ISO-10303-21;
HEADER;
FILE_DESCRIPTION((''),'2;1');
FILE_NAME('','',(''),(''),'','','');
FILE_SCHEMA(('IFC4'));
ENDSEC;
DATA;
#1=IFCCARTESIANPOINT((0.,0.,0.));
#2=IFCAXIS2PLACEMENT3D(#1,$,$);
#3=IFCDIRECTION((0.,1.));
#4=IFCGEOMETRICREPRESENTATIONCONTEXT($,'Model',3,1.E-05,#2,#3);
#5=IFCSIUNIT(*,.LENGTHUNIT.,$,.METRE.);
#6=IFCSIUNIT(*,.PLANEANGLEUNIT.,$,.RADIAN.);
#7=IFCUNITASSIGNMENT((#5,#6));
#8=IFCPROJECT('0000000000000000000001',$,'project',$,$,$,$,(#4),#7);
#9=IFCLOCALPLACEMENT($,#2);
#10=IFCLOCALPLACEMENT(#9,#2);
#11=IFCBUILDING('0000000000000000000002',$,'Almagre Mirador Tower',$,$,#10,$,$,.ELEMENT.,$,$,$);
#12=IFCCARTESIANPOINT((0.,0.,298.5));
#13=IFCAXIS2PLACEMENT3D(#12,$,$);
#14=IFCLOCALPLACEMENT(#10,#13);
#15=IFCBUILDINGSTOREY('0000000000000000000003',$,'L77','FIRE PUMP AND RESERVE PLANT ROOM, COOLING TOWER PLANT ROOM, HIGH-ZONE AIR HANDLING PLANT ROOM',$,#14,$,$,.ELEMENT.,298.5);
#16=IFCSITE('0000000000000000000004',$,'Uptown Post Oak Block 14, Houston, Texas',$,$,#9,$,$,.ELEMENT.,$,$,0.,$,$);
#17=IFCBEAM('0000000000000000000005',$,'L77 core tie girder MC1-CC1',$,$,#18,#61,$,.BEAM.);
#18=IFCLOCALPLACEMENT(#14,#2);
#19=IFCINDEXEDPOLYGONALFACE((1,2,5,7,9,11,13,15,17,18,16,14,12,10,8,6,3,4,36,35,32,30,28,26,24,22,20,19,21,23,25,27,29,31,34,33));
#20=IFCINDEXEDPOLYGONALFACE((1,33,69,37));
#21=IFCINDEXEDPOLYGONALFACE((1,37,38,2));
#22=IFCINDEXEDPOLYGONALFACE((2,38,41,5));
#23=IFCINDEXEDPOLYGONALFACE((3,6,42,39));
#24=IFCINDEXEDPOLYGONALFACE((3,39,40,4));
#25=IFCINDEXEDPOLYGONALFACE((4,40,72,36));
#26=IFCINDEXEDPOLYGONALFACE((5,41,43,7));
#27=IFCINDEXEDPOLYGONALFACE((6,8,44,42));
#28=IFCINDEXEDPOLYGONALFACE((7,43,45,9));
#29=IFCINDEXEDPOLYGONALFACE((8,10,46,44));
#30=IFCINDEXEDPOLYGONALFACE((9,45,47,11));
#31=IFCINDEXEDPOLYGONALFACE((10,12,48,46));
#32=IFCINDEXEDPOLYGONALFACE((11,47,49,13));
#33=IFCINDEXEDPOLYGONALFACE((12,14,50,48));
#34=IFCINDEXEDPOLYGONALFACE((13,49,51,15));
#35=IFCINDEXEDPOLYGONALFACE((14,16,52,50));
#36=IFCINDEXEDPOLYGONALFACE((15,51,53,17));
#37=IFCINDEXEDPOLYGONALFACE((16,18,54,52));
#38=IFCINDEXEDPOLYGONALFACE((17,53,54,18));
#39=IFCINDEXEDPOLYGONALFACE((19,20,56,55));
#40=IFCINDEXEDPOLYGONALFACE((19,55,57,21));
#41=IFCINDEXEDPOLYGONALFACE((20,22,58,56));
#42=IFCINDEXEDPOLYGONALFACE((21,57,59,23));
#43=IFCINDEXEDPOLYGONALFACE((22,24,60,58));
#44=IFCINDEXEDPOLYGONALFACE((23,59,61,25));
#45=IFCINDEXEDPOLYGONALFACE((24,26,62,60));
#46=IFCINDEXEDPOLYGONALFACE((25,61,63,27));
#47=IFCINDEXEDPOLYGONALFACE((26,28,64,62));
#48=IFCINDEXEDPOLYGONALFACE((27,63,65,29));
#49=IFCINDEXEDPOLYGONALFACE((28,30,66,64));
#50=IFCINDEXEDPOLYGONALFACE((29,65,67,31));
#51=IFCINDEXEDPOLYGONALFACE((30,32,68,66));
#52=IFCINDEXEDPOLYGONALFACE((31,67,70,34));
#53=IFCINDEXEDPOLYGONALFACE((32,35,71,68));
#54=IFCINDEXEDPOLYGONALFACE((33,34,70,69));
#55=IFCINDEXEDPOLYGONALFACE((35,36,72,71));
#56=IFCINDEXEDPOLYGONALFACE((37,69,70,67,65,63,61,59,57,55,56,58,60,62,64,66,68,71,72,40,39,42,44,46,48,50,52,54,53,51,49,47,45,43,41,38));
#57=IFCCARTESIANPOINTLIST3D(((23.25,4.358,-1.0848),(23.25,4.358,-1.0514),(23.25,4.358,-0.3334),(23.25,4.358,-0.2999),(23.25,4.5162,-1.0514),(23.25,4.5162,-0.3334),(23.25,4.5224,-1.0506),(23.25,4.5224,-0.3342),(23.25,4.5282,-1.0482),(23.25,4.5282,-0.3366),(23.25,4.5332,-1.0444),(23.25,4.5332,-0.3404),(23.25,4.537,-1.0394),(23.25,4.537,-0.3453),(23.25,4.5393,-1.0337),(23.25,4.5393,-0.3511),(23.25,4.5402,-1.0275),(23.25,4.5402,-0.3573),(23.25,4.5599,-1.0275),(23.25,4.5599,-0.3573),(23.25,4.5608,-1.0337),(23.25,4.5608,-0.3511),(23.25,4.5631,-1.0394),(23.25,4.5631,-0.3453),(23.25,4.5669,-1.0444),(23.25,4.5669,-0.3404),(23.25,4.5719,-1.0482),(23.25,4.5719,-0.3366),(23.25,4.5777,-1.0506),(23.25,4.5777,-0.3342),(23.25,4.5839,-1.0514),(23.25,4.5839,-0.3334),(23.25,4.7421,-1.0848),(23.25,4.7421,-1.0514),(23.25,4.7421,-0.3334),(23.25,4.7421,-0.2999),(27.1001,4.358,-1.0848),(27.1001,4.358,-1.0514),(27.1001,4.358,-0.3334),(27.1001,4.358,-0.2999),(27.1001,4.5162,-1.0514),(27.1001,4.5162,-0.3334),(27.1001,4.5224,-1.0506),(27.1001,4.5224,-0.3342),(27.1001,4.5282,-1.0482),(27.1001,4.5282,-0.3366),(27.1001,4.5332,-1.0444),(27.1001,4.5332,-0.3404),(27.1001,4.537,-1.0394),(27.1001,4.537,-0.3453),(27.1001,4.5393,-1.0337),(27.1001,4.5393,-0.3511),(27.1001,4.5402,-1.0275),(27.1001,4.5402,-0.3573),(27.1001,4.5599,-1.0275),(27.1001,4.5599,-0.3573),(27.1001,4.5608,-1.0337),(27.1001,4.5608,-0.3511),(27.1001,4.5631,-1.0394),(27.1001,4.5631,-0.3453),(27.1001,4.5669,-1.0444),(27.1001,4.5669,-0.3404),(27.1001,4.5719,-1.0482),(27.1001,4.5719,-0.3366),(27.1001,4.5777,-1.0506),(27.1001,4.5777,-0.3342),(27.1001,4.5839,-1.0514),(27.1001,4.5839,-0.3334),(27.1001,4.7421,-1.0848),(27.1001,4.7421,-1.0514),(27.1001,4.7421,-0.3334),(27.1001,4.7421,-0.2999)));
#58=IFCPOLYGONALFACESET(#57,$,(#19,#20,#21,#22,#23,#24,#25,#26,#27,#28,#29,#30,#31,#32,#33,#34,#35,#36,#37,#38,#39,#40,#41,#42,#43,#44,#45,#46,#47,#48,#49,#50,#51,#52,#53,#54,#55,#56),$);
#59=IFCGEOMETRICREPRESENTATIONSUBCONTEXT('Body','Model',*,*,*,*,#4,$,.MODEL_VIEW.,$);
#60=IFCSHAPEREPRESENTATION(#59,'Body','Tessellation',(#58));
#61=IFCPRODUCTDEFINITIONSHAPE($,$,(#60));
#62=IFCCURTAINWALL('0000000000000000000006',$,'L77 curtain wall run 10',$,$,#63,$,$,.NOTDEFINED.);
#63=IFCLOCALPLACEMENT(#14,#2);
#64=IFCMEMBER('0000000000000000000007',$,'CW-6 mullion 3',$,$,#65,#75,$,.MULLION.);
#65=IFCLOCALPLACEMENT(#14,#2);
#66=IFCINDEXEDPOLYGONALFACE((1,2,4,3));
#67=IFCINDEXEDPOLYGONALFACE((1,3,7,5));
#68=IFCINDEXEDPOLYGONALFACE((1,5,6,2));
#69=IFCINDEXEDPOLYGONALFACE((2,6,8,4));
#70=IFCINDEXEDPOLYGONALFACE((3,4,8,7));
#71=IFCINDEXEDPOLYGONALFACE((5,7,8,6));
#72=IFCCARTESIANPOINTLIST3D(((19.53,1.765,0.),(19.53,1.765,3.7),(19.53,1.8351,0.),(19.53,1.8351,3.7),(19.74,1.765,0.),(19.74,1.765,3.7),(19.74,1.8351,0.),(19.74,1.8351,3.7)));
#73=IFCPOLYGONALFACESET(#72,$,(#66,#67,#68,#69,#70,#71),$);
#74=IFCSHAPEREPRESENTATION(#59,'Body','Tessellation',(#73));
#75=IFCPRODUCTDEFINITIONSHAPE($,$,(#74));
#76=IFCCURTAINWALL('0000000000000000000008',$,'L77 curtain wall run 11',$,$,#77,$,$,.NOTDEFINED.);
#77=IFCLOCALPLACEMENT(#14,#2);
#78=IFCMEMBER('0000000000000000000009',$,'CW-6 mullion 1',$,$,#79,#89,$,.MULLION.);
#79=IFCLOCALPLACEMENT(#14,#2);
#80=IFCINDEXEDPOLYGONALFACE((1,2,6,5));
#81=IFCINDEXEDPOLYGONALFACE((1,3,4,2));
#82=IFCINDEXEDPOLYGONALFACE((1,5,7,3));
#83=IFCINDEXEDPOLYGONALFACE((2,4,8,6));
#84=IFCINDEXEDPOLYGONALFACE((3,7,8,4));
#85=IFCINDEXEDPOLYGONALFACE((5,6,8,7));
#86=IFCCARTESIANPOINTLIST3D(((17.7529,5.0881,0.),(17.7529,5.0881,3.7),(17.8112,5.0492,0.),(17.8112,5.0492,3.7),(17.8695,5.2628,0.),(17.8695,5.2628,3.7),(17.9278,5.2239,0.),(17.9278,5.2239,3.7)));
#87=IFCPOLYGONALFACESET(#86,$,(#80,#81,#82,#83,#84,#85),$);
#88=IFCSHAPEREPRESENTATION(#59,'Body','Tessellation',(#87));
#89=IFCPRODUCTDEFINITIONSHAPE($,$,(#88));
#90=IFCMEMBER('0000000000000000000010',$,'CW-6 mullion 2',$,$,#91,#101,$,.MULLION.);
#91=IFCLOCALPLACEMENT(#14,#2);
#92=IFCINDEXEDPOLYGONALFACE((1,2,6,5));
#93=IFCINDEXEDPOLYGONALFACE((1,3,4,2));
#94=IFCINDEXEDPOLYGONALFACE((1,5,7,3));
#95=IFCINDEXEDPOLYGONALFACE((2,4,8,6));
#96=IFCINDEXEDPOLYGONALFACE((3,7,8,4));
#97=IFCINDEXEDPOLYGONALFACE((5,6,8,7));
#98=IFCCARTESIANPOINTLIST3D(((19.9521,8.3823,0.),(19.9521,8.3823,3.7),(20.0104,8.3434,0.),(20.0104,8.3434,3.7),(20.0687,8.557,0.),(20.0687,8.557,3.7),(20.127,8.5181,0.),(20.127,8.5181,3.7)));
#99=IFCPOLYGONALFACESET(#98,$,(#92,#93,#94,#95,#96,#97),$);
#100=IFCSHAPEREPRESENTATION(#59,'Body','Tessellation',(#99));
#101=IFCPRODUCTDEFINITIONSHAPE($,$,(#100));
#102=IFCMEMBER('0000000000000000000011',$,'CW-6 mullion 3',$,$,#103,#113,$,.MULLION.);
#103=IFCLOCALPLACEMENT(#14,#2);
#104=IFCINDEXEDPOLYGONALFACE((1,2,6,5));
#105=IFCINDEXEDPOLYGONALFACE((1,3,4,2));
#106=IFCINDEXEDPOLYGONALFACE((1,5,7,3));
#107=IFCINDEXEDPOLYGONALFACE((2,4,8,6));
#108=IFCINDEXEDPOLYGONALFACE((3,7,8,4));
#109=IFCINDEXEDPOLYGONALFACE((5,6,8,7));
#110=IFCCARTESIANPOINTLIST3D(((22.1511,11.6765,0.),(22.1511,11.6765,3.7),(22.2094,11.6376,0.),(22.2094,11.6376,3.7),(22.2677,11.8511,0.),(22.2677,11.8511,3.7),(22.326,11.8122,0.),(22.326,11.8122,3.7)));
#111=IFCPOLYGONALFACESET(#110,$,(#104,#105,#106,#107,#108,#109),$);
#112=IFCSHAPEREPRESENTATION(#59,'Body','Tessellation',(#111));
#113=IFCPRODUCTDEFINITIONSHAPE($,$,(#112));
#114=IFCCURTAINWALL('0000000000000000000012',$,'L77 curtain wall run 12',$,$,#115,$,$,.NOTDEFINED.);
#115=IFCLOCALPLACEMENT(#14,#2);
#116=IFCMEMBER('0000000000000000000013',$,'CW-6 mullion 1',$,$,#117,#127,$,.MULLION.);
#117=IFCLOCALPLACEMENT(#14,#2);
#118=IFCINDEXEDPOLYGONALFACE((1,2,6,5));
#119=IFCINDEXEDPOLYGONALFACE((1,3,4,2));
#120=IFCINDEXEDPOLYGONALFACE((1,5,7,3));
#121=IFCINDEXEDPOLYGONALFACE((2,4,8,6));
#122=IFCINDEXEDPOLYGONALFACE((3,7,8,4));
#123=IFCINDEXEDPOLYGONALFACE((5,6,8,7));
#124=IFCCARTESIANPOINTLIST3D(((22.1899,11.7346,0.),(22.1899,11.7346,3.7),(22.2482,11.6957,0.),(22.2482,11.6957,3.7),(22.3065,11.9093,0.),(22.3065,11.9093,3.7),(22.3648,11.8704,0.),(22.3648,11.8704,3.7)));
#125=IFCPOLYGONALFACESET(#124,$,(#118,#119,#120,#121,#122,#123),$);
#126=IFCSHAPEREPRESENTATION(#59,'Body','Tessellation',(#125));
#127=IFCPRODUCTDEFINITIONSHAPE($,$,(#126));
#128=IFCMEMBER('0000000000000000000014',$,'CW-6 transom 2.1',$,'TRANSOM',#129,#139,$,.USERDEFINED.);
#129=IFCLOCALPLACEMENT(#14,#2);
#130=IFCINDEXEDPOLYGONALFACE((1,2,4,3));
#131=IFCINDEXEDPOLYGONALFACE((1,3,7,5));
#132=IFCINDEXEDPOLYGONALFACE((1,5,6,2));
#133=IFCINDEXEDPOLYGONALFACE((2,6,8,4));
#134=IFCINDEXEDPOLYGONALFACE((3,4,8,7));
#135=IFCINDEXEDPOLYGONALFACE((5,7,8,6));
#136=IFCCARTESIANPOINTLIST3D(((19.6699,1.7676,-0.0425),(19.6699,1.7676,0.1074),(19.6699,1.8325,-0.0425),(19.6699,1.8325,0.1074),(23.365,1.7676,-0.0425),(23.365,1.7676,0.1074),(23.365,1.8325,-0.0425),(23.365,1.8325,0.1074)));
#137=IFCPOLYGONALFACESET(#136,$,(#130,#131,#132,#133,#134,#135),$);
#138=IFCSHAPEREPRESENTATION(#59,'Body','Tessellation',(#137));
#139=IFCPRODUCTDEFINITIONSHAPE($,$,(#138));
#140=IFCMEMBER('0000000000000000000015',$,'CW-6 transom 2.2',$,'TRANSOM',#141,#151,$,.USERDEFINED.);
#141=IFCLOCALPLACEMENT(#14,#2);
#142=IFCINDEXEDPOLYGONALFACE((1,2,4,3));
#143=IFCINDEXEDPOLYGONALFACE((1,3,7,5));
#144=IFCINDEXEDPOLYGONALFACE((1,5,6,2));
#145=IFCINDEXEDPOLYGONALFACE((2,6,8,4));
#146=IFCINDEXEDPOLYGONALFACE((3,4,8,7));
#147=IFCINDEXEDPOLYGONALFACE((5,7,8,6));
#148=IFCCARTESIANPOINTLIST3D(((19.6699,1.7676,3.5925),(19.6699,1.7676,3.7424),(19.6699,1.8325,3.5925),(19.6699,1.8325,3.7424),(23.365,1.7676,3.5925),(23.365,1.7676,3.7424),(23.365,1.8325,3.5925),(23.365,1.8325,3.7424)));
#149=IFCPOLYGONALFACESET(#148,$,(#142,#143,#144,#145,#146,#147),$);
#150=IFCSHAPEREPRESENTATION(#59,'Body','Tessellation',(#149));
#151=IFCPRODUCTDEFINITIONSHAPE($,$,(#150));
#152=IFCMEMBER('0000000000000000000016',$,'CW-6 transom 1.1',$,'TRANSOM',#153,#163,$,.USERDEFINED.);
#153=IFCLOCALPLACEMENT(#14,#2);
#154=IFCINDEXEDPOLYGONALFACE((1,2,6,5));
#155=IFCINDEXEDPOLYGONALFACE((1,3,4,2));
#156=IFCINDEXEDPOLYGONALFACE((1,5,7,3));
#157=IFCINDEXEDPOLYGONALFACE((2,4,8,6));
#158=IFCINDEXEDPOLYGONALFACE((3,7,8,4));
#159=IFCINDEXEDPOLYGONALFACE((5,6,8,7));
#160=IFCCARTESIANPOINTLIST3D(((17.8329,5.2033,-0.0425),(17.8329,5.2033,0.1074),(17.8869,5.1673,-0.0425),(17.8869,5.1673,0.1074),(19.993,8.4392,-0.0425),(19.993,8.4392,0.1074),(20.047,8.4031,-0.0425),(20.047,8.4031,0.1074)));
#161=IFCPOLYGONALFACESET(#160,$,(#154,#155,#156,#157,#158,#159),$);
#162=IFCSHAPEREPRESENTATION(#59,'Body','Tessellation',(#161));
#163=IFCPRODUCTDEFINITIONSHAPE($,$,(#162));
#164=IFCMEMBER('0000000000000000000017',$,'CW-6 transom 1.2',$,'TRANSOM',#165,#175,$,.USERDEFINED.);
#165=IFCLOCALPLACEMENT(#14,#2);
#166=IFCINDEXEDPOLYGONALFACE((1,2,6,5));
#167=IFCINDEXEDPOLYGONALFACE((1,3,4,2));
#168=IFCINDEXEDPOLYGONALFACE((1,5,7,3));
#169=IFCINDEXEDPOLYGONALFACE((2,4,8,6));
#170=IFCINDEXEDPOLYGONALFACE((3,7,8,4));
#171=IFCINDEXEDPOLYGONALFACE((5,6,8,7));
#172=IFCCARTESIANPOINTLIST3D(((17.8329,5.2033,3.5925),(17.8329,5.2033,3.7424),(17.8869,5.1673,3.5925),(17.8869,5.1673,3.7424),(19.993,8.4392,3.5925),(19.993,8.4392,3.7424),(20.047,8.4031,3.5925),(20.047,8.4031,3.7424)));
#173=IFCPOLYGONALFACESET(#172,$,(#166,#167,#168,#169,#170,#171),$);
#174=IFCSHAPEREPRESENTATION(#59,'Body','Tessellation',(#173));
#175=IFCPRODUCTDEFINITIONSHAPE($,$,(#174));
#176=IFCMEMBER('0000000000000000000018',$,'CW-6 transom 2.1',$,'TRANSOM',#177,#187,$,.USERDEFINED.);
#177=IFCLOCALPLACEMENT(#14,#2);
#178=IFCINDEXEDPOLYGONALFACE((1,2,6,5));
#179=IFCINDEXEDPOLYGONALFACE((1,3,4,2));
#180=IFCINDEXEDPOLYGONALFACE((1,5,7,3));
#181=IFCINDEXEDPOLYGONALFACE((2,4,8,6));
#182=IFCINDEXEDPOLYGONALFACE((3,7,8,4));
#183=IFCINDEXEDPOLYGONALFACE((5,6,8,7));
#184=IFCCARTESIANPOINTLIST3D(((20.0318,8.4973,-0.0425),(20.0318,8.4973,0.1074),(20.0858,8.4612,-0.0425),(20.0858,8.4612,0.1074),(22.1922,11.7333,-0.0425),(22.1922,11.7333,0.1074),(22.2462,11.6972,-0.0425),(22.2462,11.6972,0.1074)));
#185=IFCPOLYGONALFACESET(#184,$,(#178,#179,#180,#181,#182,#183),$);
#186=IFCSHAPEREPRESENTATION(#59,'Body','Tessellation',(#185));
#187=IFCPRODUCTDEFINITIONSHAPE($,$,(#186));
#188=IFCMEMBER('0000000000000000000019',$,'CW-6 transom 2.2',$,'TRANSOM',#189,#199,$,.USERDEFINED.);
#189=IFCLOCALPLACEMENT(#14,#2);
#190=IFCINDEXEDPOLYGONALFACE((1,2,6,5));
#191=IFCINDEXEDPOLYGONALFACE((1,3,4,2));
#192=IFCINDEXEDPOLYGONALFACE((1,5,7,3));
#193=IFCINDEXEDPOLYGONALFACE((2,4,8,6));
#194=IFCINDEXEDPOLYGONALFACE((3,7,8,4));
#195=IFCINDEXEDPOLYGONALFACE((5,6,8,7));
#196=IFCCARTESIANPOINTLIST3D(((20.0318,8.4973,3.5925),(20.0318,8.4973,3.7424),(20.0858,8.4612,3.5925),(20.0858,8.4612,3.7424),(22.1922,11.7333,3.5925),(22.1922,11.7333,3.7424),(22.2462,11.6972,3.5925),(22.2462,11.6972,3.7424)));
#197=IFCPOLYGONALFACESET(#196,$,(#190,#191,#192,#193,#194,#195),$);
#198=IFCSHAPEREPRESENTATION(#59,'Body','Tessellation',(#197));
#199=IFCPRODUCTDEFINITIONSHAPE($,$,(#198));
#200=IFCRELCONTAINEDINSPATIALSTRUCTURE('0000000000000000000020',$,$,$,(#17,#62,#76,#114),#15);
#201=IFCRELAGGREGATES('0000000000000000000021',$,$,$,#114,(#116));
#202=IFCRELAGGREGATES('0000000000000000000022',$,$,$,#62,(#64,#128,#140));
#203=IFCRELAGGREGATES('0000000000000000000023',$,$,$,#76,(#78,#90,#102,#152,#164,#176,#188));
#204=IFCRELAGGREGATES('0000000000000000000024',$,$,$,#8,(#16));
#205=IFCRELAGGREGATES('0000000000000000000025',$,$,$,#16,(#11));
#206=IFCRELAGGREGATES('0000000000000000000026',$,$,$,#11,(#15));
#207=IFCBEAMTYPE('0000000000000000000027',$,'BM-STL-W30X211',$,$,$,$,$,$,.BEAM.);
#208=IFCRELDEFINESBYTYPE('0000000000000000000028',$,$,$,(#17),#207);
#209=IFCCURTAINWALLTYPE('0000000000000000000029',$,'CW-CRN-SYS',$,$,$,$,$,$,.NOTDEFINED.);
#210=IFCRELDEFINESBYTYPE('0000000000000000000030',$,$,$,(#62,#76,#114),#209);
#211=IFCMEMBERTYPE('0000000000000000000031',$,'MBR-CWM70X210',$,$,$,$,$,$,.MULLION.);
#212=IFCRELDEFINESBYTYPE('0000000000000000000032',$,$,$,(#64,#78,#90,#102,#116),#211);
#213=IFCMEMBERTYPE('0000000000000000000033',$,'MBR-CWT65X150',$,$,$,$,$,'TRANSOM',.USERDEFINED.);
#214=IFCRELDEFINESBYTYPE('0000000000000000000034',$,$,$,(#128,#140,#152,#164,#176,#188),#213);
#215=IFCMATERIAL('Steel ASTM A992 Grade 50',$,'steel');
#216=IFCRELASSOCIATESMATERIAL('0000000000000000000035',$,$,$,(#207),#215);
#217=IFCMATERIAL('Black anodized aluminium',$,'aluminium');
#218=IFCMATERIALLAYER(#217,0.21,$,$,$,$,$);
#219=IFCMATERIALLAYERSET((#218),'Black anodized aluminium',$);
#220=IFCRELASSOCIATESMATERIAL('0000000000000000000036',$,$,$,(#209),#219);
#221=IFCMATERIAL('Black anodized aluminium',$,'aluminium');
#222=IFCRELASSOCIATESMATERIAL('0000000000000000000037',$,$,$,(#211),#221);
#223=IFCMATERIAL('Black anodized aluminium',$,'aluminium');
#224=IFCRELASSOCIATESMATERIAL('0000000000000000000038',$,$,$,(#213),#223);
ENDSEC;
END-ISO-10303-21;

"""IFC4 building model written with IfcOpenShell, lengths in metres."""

from ifc_helpers import new_model, si_unit, direction, frame, origin, origin_2d, place, context, subcontext, project, spatial, rectangle, i_section, extrude, material, layer, layer_set, material_profile, profile_set, type_object, element, aggregate, save


model = new_model("IFC4")

# Units and contexts
model_context = context("Model", 3, precision=1e-05, world=origin(), true_north=direction((0.0, 1.0)))
body_context = subcontext(model_context, "Body", "Model", "MODEL_VIEW")
ifc_project = project(units=[si_unit("LENGTHUNIT", "METRE"), si_unit("PLANEANGLEUNIT", "RADIAN")], contexts=[model_context])

# Site, building, storey
site_placement = place(None, origin())
site = spatial("IfcSite", under=ifc_project, at=site_placement, Name="Uptown Post Oak Block 14, Houston, Texas", CompositionType="ELEMENT", RefElevation=0.0)
building_placement = place(site_placement, origin())
building = spatial("IfcBuilding", under=site, at=building_placement, Name="Almagre Mirador Tower", CompositionType="ELEMENT")
storey_placement = place(building_placement, frame((0.0, 0.0, 298.5)))
storey = spatial("IfcBuildingStorey", under=building, at=storey_placement, Name="L77", Description="FIRE PUMP AND RESERVE PLANT ROOM, COOLING TOWER PLANT ROOM, HIGH-ZONE AIR HANDLING PLANT ROOM", CompositionType="ELEMENT", Elevation=298.5)

# Beam
ifc_material_1 = material(Name="Steel ASTM A992 Grade 50", Category="steel")
ifc_material_profile_1 = material_profile(ifc_material_1, i_section(OverallWidth=0.384, OverallDepth=0.7849, WebThickness=0.0198, FlangeThickness=0.0334, FilletRadius=0.0239, at=origin_2d()), Name="W30X211")
ifc_profile_set_1 = profile_set([ifc_material_profile_1], Name="Steel ASTM A992 Grade 50")
beam_type_1 = type_object("IfcBeamType", Name="BM-STL-W30X211", PredefinedType="BEAM", material=ifc_profile_set_1)
beam_1_placement = place(storey_placement, frame((23.25, 4.55, -0.6924), z_axis=(1.0, 0.0, 0.0), x_axis=(0.0, 1.0, 0.0)))
element("IfcBeam", 1, at=beam_1_placement, inside=storey, type_object=beam_type_1, Name="L77 core tie girder MC1-CC1", PredefinedType="BEAM", context=body_context, shape_type="SweptSolid", body=[
    extrude(i_section(OverallWidth=0.384, OverallDepth=0.7849, WebThickness=0.0198, FlangeThickness=0.0334, FilletRadius=0.0239, at=origin_2d()), origin(), (0.0, 0.0, 1.0), 3.8501),
])

# Curtain wall, member
ifc_material_2 = material(Name="Black anodized aluminium", Category="aluminium")
ifc_layer_1 = layer(ifc_material_2, 0.21)
ifc_layer_set_1 = layer_set([ifc_layer_1], Name="Black anodized aluminium")
curtain_wall_type = type_object("IfcCurtainWallType", Name="CW-CRN-SYS", PredefinedType="NOTDEFINED", material=ifc_layer_set_1)
curtain_wall_1_placement = place(storey_placement, origin())
curtain_wall_1 = element("IfcCurtainWall", 2, at=curtain_wall_1_placement, inside=storey, type_object=curtain_wall_type, Name="L77 curtain wall run 10", PredefinedType="NOTDEFINED")
ifc_material_3 = material(Name="Black anodized aluminium", Category="aluminium")
ifc_material_profile_2 = material_profile(ifc_material_3, rectangle(XDim=0.0701, YDim=0.21, at=origin_2d()), Name="CWM70X210")
ifc_profile_set_2 = profile_set([ifc_material_profile_2], Name="Black anodized aluminium")
member_type_1 = type_object("IfcMemberType", Name="MBR-CWM70X210", PredefinedType="MULLION", material=ifc_profile_set_2)
member_1_placement = place(storey_placement, frame((19.635, 1.8, 0.0), z_axis=(0.0, 0.0, 1.0), x_axis=(0.0, -1.0, 0.0)))
member_1 = element("IfcMember", 3, at=member_1_placement, type_object=member_type_1, Name="CW-6 mullion 3", PredefinedType="MULLION", context=body_context, shape_type="SweptSolid", body=[
    extrude(rectangle(XDim=0.0701, YDim=0.21, at=origin_2d()), origin(), (0.0, 0.0, 1.0), 3.7),
])

# Curtain wall, members
curtain_wall_2_placement = place(storey_placement, origin())
curtain_wall_2 = element("IfcCurtainWall", 4, at=curtain_wall_2_placement, inside=storey, type_object=curtain_wall_type, Name="L77 curtain wall run 11", PredefinedType="NOTDEFINED")
member_2_placement = place(storey_placement, frame((17.8403, 5.156, 0.0), z_axis=(0.0, 0.0, 1.0), x_axis=(-0.831704, 0.55522, 0.0)))
member_2 = element("IfcMember", 5, at=member_2_placement, type_object=member_type_1, Name="CW-6 mullion 1", PredefinedType="MULLION", context=body_context, shape_type="SweptSolid", body=[
    extrude(rectangle(XDim=0.0701, YDim=0.21, at=origin_2d()), origin(), (0.0, 0.0, 1.0), 3.7),
])
member_3_placement = place(storey_placement, frame((20.0396, 8.4502, 0.0), z_axis=(0.0, 0.0, 1.0), x_axis=(-0.831704, 0.55522, 0.0)))
member_3 = element("IfcMember", 6, at=member_3_placement, type_object=member_type_1, Name="CW-6 mullion 2", PredefinedType="MULLION", context=body_context, shape_type="SweptSolid", body=[
    extrude(rectangle(XDim=0.0701, YDim=0.21, at=origin_2d()), origin(), (0.0, 0.0, 1.0), 3.7),
])
member_4_placement = place(storey_placement, frame((22.2385, 11.7444, 0.0), z_axis=(0.0, 0.0, 1.0), x_axis=(-0.831704, 0.55522, 0.0)))
member_4 = element("IfcMember", 7, at=member_4_placement, type_object=member_type_1, Name="CW-6 mullion 3", PredefinedType="MULLION", context=body_context, shape_type="SweptSolid", body=[
    extrude(rectangle(XDim=0.0701, YDim=0.21, at=origin_2d()), origin(), (0.0, 0.0, 1.0), 3.7),
])

# Curtain wall, member
curtain_wall_3_placement = place(storey_placement, origin())
curtain_wall_3 = element("IfcCurtainWall", 8, at=curtain_wall_3_placement, inside=storey, type_object=curtain_wall_type, Name="L77 curtain wall run 12", PredefinedType="NOTDEFINED")
member_5_placement = place(storey_placement, frame((22.2773, 11.8025, 0.0), z_axis=(0.0, 0.0, 1.0), x_axis=(-0.831704, 0.55522, 0.0)))
member_5 = element("IfcMember", 9, at=member_5_placement, type_object=member_type_1, Name="CW-6 mullion 1", PredefinedType="MULLION", context=body_context, shape_type="SweptSolid", body=[
    extrude(rectangle(XDim=0.0701, YDim=0.21, at=origin_2d()), origin(), (0.0, 0.0, 1.0), 3.7),
])

# Members
ifc_material_4 = material(Name="Black anodized aluminium", Category="aluminium")
ifc_material_profile_3 = material_profile(ifc_material_4, rectangle(XDim=0.0649, YDim=0.1499, at=origin_2d()), Name="CWT65X150")
ifc_profile_set_3 = profile_set([ifc_material_profile_3], Name="Black anodized aluminium")
member_type_2 = type_object("IfcMemberType", Name="MBR-CWT65X150", ElementType="TRANSOM", PredefinedType="USERDEFINED", material=ifc_profile_set_3)
member_6_placement = place(storey_placement, frame((23.365, 1.8, 0.0325), z_axis=(-1.0, 0.0, 0.0), x_axis=(0.0, -1.0, 0.0)))
member_6 = element("IfcMember", 10, at=member_6_placement, type_object=member_type_2, Name="CW-6 transom 2.1", ObjectType="TRANSOM", PredefinedType="USERDEFINED", context=body_context, shape_type="SweptSolid", body=[
    extrude(rectangle(XDim=0.0649, YDim=0.1499, at=origin_2d()), origin(), (0.0, 0.0, 1.0), 3.6951),
])
member_7_placement = place(storey_placement, frame((23.365, 1.8, 3.6675), z_axis=(-1.0, 0.0, 0.0), x_axis=(0.0, -1.0, 0.0)))
member_7 = element("IfcMember", 11, at=member_7_placement, type_object=member_type_2, Name="CW-6 transom 2.2", ObjectType="TRANSOM", PredefinedType="USERDEFINED", context=body_context, shape_type="SweptSolid", body=[
    extrude(rectangle(XDim=0.0649, YDim=0.1499, at=origin_2d()), origin(), (0.0, 0.0, 1.0), 3.6951),
])
member_8_placement = place(storey_placement, frame((17.8599, 5.1853, 0.0325), z_axis=(0.555221, 0.831703, 0.0), x_axis=(-0.831703, 0.555221, 0.0)))
member_8 = element("IfcMember", 12, at=member_8_placement, type_object=member_type_2, Name="CW-6 transom 1.1", ObjectType="TRANSOM", PredefinedType="USERDEFINED", context=body_context, shape_type="SweptSolid", body=[
    extrude(rectangle(XDim=0.0649, YDim=0.1499, at=origin_2d()), origin(), (0.0, 0.0, 1.0), 3.8906),
])
member_9_placement = place(storey_placement, frame((17.8599, 5.1853, 3.6675), z_axis=(0.555221, 0.831703, 0.0), x_axis=(-0.831703, 0.555221, 0.0)))
member_9 = element("IfcMember", 13, at=member_9_placement, type_object=member_type_2, Name="CW-6 transom 1.2", ObjectType="TRANSOM", PredefinedType="USERDEFINED", context=body_context, shape_type="SweptSolid", body=[
    extrude(rectangle(XDim=0.0649, YDim=0.1499, at=origin_2d()), origin(), (0.0, 0.0, 1.0), 3.8906),
])
member_10_placement = place(storey_placement, frame((20.0588, 8.4792, 0.0325), z_axis=(0.555236, 0.831693, 0.0), x_axis=(-0.831693, 0.555236, 0.0)))
member_10 = element("IfcMember", 14, at=member_10_placement, type_object=member_type_2, Name="CW-6 transom 2.1", ObjectType="TRANSOM", PredefinedType="USERDEFINED", context=body_context, shape_type="SweptSolid", body=[
    extrude(rectangle(XDim=0.0649, YDim=0.1499, at=origin_2d()), origin(), (0.0, 0.0, 1.0), 3.8909),
])
member_11_placement = place(storey_placement, frame((20.0588, 8.4792, 3.6675), z_axis=(0.555236, 0.831693, 0.0), x_axis=(-0.831693, 0.555236, 0.0)))
member_11 = element("IfcMember", 15, at=member_11_placement, type_object=member_type_2, Name="CW-6 transom 2.2", ObjectType="TRANSOM", PredefinedType="USERDEFINED", context=body_context, shape_type="SweptSolid", body=[
    extrude(rectangle(XDim=0.0649, YDim=0.1499, at=origin_2d()), origin(), (0.0, 0.0, 1.0), 3.8909),
])
aggregate(curtain_wall_3, [member_5])

aggregate(curtain_wall_1, [member_1, member_6, member_7])
aggregate(curtain_wall_2, [member_2, member_3, member_4, member_8, member_9, member_10, member_11])

save(model, "model.ifc")
